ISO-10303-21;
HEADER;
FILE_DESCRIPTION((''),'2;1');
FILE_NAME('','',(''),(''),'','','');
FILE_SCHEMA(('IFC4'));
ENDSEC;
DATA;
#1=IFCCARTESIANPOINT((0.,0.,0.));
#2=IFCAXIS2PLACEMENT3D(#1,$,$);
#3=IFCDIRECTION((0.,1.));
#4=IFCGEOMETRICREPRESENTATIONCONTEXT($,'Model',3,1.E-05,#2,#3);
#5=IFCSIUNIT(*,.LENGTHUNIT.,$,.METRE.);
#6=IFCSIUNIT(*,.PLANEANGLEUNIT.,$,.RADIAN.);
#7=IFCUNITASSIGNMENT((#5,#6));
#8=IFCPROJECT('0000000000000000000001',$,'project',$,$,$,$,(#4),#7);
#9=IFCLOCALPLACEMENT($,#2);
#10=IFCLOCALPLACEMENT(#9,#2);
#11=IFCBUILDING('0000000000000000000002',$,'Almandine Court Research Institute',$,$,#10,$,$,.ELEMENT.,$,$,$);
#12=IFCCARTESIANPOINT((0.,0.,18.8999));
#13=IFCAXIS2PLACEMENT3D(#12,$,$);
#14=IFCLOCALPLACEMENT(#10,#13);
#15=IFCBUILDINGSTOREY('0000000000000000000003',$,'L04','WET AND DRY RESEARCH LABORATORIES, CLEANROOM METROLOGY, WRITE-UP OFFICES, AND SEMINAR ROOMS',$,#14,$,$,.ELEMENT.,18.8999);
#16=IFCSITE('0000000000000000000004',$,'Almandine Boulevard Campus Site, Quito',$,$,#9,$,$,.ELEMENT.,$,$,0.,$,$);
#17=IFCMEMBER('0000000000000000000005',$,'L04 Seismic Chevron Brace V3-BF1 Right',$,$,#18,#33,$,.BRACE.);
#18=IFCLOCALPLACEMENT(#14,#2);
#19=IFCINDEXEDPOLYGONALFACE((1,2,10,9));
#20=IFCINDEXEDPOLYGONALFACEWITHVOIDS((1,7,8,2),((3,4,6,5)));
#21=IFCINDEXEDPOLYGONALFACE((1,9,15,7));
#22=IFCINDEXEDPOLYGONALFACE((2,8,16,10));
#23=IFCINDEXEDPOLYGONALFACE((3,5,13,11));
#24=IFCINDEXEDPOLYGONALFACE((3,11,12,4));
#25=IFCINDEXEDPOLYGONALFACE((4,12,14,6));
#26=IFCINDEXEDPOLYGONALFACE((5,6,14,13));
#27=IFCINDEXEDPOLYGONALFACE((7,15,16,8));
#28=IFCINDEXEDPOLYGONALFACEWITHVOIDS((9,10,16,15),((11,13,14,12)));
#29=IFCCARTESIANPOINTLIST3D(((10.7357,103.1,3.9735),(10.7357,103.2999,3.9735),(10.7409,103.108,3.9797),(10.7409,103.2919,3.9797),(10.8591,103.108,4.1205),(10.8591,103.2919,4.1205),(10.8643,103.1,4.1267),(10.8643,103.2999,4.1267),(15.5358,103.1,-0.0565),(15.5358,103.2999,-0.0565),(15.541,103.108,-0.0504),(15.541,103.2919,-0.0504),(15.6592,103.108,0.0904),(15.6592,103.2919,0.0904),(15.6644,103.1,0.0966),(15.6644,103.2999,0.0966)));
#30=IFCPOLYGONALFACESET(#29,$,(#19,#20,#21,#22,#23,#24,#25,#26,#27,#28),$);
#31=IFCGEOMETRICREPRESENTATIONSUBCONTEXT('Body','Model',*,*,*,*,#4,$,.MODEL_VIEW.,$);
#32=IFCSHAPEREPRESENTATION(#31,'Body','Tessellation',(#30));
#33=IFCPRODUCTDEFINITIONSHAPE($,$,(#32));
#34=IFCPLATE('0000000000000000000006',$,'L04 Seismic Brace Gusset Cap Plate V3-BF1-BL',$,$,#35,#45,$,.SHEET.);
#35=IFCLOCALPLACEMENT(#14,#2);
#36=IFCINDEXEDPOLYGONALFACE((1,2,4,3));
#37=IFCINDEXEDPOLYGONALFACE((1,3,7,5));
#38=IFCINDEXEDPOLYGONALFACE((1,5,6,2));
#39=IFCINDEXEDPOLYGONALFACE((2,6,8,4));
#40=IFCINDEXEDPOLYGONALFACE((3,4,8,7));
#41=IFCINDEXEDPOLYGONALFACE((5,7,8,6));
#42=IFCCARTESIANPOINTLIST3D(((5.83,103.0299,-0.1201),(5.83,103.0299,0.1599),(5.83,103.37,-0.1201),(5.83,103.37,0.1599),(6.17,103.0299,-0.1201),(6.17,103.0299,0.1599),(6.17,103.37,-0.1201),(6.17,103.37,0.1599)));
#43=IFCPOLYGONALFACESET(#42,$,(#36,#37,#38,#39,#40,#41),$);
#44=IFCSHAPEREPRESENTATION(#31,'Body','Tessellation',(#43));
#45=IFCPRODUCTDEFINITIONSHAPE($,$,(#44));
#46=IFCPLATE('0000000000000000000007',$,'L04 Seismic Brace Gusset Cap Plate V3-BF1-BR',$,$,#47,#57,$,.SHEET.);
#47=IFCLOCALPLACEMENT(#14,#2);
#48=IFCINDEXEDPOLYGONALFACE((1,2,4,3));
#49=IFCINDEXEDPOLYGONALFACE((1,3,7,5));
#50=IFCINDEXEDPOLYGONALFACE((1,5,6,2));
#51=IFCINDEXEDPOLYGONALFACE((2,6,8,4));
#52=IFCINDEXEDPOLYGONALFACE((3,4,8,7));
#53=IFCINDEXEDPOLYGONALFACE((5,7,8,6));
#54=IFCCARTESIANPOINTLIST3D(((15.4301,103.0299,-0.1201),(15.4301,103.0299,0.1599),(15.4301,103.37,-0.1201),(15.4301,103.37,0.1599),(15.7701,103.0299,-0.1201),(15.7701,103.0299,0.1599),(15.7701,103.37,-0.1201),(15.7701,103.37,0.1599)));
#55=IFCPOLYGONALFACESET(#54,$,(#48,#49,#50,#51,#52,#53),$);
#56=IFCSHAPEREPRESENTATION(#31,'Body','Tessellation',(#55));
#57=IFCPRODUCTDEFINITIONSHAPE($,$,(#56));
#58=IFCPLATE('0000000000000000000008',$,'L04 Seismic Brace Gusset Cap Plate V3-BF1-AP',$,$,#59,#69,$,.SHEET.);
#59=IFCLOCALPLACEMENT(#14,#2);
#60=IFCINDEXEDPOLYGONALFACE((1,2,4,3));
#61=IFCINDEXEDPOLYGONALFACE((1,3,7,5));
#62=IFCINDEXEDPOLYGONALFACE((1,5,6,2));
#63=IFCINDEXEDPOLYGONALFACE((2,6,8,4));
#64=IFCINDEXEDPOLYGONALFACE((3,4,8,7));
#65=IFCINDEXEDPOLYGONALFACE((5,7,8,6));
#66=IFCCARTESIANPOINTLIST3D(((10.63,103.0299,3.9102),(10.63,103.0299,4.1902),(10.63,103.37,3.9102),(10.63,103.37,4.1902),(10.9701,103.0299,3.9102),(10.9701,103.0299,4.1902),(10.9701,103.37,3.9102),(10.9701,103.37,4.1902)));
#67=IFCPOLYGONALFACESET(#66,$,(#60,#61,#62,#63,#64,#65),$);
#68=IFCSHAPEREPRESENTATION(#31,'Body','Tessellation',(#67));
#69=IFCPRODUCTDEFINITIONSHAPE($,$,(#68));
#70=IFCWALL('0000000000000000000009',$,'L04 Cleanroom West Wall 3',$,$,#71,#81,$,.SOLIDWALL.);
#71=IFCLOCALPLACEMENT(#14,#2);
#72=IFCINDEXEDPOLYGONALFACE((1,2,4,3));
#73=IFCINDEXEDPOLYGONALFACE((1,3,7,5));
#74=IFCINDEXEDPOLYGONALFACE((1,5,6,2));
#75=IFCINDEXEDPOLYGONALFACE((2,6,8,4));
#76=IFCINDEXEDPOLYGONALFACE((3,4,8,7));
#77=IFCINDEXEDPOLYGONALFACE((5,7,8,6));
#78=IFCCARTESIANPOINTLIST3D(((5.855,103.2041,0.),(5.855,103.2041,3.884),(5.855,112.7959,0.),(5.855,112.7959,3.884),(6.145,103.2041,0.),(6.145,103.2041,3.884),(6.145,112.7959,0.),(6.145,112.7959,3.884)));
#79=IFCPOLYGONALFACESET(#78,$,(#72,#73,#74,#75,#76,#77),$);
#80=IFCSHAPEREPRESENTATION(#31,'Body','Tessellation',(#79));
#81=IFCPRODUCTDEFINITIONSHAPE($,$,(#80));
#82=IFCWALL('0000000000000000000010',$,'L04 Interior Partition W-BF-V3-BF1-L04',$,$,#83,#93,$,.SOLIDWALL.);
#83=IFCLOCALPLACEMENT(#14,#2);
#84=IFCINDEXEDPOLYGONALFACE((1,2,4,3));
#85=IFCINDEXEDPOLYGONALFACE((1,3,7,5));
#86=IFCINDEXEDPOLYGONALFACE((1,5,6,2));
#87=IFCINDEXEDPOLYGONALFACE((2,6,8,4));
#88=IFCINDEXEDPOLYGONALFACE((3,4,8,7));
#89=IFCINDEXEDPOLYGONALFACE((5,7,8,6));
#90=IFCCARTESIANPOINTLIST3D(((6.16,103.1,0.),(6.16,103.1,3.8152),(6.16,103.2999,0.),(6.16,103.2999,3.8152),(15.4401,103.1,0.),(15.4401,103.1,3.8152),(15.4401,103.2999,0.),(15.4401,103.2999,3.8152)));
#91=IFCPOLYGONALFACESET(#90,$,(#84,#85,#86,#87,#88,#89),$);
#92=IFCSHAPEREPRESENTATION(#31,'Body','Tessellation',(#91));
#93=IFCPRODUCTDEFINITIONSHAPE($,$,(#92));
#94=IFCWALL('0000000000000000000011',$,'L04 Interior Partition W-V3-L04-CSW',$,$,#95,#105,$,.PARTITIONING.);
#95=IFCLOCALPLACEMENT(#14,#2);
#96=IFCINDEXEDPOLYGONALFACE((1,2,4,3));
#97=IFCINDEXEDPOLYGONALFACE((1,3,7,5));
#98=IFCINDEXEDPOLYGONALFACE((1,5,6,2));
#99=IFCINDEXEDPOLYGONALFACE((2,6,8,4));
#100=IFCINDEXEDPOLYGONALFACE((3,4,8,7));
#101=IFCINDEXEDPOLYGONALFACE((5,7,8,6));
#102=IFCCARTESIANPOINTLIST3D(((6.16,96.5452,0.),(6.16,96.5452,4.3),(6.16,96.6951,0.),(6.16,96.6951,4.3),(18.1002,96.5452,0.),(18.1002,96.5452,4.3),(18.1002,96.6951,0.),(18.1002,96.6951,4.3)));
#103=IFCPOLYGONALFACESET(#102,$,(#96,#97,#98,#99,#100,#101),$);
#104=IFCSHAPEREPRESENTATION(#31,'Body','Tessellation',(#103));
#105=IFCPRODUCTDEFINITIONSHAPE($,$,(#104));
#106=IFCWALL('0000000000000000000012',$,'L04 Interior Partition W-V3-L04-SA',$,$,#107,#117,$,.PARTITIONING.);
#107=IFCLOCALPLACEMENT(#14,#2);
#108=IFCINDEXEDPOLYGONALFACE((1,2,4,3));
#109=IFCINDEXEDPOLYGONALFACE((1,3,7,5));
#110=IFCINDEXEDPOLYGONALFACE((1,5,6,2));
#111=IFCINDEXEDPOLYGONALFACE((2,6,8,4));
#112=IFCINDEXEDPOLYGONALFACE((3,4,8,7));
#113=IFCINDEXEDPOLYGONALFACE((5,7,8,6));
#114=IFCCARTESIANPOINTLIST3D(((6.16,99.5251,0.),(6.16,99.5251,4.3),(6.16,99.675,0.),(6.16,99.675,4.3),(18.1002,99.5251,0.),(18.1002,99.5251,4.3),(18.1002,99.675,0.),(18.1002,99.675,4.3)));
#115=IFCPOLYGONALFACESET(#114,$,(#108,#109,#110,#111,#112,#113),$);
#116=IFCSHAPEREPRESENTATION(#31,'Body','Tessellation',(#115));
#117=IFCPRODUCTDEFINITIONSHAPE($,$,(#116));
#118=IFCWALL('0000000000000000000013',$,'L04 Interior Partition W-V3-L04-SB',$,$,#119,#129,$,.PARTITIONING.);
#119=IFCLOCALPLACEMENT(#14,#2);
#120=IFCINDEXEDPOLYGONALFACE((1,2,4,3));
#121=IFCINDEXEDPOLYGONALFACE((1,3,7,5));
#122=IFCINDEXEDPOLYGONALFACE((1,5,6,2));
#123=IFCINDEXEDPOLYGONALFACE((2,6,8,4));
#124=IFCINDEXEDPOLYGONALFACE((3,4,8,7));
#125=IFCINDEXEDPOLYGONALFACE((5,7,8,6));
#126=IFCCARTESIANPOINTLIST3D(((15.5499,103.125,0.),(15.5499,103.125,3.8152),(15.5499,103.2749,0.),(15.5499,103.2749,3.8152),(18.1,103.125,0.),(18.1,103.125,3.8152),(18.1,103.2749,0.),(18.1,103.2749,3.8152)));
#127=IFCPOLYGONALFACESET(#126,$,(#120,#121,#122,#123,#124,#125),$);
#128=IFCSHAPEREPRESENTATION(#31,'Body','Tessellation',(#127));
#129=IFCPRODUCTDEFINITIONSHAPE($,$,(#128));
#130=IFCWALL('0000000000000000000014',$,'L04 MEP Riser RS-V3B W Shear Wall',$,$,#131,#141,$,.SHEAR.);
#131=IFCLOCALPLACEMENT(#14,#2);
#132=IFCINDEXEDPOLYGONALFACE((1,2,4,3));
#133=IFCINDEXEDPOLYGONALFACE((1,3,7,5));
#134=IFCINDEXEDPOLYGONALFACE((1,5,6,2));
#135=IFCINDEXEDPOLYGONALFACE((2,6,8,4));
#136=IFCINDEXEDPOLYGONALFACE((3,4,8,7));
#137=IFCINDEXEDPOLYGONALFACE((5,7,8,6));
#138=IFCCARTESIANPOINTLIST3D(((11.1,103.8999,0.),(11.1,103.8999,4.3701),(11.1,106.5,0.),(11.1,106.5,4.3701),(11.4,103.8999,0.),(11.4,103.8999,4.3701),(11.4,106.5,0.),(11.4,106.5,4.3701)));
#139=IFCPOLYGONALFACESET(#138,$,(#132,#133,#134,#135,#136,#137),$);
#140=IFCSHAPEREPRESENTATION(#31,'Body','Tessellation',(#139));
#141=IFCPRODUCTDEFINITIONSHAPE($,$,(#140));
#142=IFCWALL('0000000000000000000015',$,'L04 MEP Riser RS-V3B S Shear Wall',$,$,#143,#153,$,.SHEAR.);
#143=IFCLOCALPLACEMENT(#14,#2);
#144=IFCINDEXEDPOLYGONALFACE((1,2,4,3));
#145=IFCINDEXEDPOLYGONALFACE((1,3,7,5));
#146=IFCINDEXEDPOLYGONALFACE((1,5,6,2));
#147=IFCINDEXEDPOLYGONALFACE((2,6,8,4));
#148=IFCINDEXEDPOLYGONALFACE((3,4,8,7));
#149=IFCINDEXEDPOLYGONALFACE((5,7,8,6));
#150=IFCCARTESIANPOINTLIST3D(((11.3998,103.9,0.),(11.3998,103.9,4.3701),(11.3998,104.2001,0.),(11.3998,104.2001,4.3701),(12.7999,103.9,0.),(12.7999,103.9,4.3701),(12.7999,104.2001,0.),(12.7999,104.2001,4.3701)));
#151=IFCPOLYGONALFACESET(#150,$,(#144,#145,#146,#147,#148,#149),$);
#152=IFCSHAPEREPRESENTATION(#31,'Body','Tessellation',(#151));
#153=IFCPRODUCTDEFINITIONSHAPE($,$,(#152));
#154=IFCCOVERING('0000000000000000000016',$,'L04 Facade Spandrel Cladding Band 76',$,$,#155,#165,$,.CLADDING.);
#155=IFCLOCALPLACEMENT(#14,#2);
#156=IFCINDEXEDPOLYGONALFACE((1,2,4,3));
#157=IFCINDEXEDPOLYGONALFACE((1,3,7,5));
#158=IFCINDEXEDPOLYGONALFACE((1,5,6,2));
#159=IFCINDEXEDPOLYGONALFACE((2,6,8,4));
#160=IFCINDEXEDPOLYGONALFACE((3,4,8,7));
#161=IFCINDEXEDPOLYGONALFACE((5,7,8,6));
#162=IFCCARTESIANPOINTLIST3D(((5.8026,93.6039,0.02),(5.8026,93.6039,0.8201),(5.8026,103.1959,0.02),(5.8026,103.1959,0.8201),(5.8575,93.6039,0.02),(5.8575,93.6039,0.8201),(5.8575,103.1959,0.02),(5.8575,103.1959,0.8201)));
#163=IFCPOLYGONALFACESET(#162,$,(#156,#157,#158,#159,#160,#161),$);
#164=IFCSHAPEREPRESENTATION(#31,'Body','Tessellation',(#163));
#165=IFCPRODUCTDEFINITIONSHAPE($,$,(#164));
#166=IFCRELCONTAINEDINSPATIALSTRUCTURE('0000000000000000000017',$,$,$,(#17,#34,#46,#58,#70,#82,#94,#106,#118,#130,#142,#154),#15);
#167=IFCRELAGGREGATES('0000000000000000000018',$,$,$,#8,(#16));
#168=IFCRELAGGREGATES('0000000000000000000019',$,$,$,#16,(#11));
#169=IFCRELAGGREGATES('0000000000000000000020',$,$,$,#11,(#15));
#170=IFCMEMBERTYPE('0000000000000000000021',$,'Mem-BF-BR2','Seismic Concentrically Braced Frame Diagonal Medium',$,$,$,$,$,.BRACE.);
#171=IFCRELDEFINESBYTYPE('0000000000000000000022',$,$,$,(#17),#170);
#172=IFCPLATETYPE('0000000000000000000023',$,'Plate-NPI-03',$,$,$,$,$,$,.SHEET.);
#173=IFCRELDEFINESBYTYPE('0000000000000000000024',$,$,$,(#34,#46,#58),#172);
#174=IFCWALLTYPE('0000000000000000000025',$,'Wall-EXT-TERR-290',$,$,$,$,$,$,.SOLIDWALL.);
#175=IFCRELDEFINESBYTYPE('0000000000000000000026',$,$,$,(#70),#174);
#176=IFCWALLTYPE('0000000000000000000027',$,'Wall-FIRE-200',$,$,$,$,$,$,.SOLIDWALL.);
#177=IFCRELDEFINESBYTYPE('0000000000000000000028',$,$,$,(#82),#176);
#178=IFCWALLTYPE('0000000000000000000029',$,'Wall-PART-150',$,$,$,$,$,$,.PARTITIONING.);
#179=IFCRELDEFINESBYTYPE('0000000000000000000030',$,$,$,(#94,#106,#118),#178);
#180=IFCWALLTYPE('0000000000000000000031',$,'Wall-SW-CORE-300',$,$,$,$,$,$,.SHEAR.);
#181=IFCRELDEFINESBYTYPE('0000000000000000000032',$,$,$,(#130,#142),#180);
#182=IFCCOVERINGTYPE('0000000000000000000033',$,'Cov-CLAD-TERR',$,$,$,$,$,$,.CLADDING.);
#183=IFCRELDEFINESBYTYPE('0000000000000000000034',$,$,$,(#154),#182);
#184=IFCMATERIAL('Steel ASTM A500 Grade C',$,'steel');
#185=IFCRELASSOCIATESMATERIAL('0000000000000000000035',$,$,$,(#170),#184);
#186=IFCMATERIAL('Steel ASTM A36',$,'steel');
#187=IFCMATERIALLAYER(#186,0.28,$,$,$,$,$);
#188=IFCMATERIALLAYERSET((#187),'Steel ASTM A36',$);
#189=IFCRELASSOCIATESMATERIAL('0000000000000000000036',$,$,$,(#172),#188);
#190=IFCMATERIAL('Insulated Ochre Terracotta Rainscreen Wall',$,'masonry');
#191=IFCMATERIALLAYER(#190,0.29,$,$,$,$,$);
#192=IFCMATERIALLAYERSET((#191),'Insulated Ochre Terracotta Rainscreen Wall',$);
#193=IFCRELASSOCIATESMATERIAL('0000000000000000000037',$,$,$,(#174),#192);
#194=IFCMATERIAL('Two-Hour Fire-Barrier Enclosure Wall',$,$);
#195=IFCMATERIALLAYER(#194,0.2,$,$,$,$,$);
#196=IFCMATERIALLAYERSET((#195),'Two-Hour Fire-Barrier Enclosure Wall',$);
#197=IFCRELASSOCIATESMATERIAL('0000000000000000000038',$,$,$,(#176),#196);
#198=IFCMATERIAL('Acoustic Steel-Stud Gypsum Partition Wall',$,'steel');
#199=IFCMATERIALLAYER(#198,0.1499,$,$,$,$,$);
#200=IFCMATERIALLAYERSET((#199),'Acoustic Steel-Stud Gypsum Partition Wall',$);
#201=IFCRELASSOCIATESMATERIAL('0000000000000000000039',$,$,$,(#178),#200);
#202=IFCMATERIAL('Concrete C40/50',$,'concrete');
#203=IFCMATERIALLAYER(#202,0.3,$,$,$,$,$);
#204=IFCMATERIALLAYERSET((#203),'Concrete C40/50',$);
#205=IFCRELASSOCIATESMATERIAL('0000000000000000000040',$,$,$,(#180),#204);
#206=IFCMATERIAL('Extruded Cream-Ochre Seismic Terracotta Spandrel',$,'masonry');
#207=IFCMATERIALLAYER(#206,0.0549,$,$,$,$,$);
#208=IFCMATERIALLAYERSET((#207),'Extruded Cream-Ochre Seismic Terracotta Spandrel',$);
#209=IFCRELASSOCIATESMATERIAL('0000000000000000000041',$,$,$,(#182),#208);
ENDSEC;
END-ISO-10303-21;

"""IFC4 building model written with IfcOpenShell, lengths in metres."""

from ifc_helpers import new_model, si_unit, direction, frame, frame_2d, origin, origin_2d, place, context, subcontext, project, spatial, rectangle, hollow_rectangle, extrude, material, layer, layer_set, material_profile, profile_set, type_object, element, save


model = new_model("IFC4")

# Units and contexts
model_context = context("Model", 3, precision=1e-05, world=origin(), true_north=direction((0.0, 1.0)))
body_context = subcontext(model_context, "Body", "Model", "MODEL_VIEW")
ifc_project = project(units=[si_unit("LENGTHUNIT", "METRE"), si_unit("PLANEANGLEUNIT", "RADIAN")], contexts=[model_context])

# Site, building, storey
site_placement = place(None, origin())
site = spatial("IfcSite", under=ifc_project, at=site_placement, Name="Almandine Boulevard Campus Site, Quito", CompositionType="ELEMENT", RefElevation=0.0)
building_placement = place(site_placement, origin())
building = spatial("IfcBuilding", under=site, at=building_placement, Name="Almandine Court Research Institute", CompositionType="ELEMENT")
storey_placement = place(building_placement, frame((0.0, 0.0, 18.8999)))
storey = spatial("IfcBuildingStorey", under=building, at=storey_placement, Name="L04", Description="WET AND DRY RESEARCH LABORATORIES, CLEANROOM METROLOGY, WRITE-UP OFFICES, AND SEMINAR ROOMS", CompositionType="ELEMENT", Elevation=18.8999)

# Member
ifc_material_1 = material(Name="Steel ASTM A500 Grade C", Category="steel")
ifc_material_profile_1 = material_profile(ifc_material_1, hollow_rectangle(XDim=0.2, YDim=0.2, WallThickness=0.0081, at=origin_2d()), Name="HSS 200x200x8")
ifc_profile_set_1 = profile_set([ifc_material_profile_1], Name="Steel ASTM A500 Grade C")
member_type = type_object("IfcMemberType", Name="Mem-BF-BR2", Description="Seismic Concentrically Braced Frame Diagonal Medium", PredefinedType="BRACE", material=ifc_profile_set_1)
for number, where, z_axis, x_axis, name in (
    (1, (15.6001, 103.2, 0.02), (-0.765863, 0.0, 0.643004), (0.0, -1.0, 0.0), "L04 Seismic Chevron Brace V3-BF1 Right"),
):
    element("IfcMember", number, at=place(storey_placement, frame(where, z_axis=z_axis, x_axis=x_axis)), inside=storey, type_object=member_type, Name=name, PredefinedType="BRACE", context=body_context, shape_type="SweptSolid", body=[
        extrude(hollow_rectangle(XDim=0.2, YDim=0.2, WallThickness=0.0081, at=origin_2d()), origin(), (0.0, 0.0, 1.0), 6.2676),
    ])

# Plates
ifc_material_2 = material(Name="Steel ASTM A36", Category="steel")
ifc_layer_1 = layer(ifc_material_2, 0.28)
ifc_layer_set_1 = layer_set([ifc_layer_1], Name="Steel ASTM A36")
plate_type = type_object("IfcPlateType", Name="Plate-NPI-03", PredefinedType="SHEET", material=ifc_layer_set_1)
for number, where, z_axis, x_axis, name in (
    (2, (6.0, 103.2, -0.1201), (0.0, 0.0, 1.0), (1.0, 0.0, 0.0), "L04 Seismic Brace Gusset Cap Plate V3-BF1-BL"),
    (3, (15.6001, 103.2, -0.1201), (0.0, 0.0, 1.0), (1.0, 0.0, 0.0), "L04 Seismic Brace Gusset Cap Plate V3-BF1-BR"),
    (4, (10.8, 103.2, 3.9102), (0.0, 0.0, 1.0), (1.0, 0.0, 0.0), "L04 Seismic Brace Gusset Cap Plate V3-BF1-AP"),
):
    element("IfcPlate", number, at=place(storey_placement, frame(where, z_axis=z_axis, x_axis=x_axis)), inside=storey, type_object=plate_type, Name=name, PredefinedType="SHEET", context=body_context, shape_type="SweptSolid", body=[
        extrude(rectangle(XDim=0.3401, YDim=0.3401, at=origin_2d()), origin(), (0.0, 0.0, 1.0), 0.28),
    ])

# Walls
ifc_material_3 = material(Name="Insulated Ochre Terracotta Rainscreen Wall", Category="masonry")
ifc_layer_2 = layer(ifc_material_3, 0.29)
ifc_layer_set_2 = layer_set([ifc_layer_2], Name="Insulated Ochre Terracotta Rainscreen Wall")
wall_type_1 = type_object("IfcWallType", Name="Wall-EXT-TERR-290", PredefinedType="SOLIDWALL", material=ifc_layer_set_2)
wall_1_placement = place(storey_placement, frame((6.0, 103.2041, 0.0), z_axis=(0.0, 0.0, 1.0), x_axis=(0.0, 1.0, 0.0)))
element("IfcWall", 5, at=wall_1_placement, inside=storey, type_object=wall_type_1, Name="L04 Cleanroom West Wall 3", PredefinedType="SOLIDWALL", context=body_context, shape_type="SweptSolid", body=[
    extrude(rectangle(XDim=9.5918, YDim=0.29, at=frame_2d((4.7959, 0.0))), origin(), (0.0, 0.0, 1.0), 3.884),
])
ifc_material_4 = material(Name="Two-Hour Fire-Barrier Enclosure Wall")
ifc_layer_3 = layer(ifc_material_4, 0.2)
ifc_layer_set_3 = layer_set([ifc_layer_3], Name="Two-Hour Fire-Barrier Enclosure Wall")
wall_type_2 = type_object("IfcWallType", Name="Wall-FIRE-200", PredefinedType="SOLIDWALL", material=ifc_layer_set_3)
wall_2_placement = place(storey_placement, frame((6.1599, 103.2, 0.0), z_axis=(0.0, 0.0, 1.0), x_axis=(1.0, 0.0, 0.0)))
element("IfcWall", 6, at=wall_2_placement, inside=storey, type_object=wall_type_2, Name="L04 Interior Partition W-BF-V3-BF1-L04", PredefinedType="SOLIDWALL", context=body_context, shape_type="SweptSolid", body=[
    extrude(rectangle(XDim=9.28, YDim=0.2, at=frame_2d((4.6401, 0.0))), origin(), (0.0, 0.0, 1.0), 3.8152),
])
ifc_material_5 = material(Name="Acoustic Steel-Stud Gypsum Partition Wall", Category="steel")
ifc_layer_4 = layer(ifc_material_5, 0.1499)
ifc_layer_set_4 = layer_set([ifc_layer_4], Name="Acoustic Steel-Stud Gypsum Partition Wall")
wall_type_3 = type_object("IfcWallType", Name="Wall-PART-150", PredefinedType="PARTITIONING", material=ifc_layer_set_4)
for number, where, z_axis, x_axis, name in (
    (7, (6.1599, 96.6201, 0.0), (0.0, 0.0, 1.0), (1.0, 0.0, 0.0), "L04 Interior Partition W-V3-L04-CSW"),
    (8, (6.1599, 99.6001, 0.0), (0.0, 0.0, 1.0), (1.0, 0.0, 0.0), "L04 Interior Partition W-V3-L04-SA"),
):
    element("IfcWall", number, at=place(storey_placement, frame(where, z_axis=z_axis, x_axis=x_axis)), inside=storey, type_object=wall_type_3, Name=name, PredefinedType="PARTITIONING", context=body_context, shape_type="SweptSolid", body=[
        extrude(rectangle(XDim=11.9402, YDim=0.1499, at=frame_2d((5.9702, 0.0))), origin(), (0.0, 0.0, 1.0), 4.3),
    ])
wall_3_placement = place(storey_placement, frame((15.55, 103.2, 0.0), z_axis=(0.0, 0.0, 1.0), x_axis=(1.0, 0.0, 0.0)))
element("IfcWall", 9, at=wall_3_placement, inside=storey, type_object=wall_type_3, Name="L04 Interior Partition W-V3-L04-SB", PredefinedType="PARTITIONING", context=body_context, shape_type="SweptSolid", body=[
    extrude(rectangle(XDim=2.55, YDim=0.1499, at=frame_2d((1.2749, 0.0))), origin(), (0.0, 0.0, 1.0), 3.8152),
])
ifc_material_6 = material(Name="Concrete C40/50", Category="concrete")
ifc_layer_5 = layer(ifc_material_6, 0.3)
ifc_layer_set_5 = layer_set([ifc_layer_5], Name="Concrete C40/50")
wall_type_4 = type_object("IfcWallType", Name="Wall-SW-CORE-300", PredefinedType="SHEAR", material=ifc_layer_set_5)
wall_4_placement = place(storey_placement, frame((11.25, 103.8999, 0.0), z_axis=(0.0, 0.0, 1.0), x_axis=(0.0, 1.0, 0.0)))
element("IfcWall", 10, at=wall_4_placement, inside=storey, type_object=wall_type_4, Name="L04 MEP Riser RS-V3B W Shear Wall", PredefinedType="SHEAR", context=body_context, shape_type="SweptSolid", body=[
    extrude(rectangle(XDim=2.6001, YDim=0.3, at=frame_2d((1.3, 0.0))), origin(), (0.0, 0.0, 1.0), 4.3701),
])
wall_5_placement = place(storey_placement, frame((12.8, 104.05, 0.0), z_axis=(0.0, 0.0, 1.0), x_axis=(-1.0, 0.0, 0.0)))
element("IfcWall", 11, at=wall_5_placement, inside=storey, type_object=wall_type_4, Name="L04 MEP Riser RS-V3B S Shear Wall", PredefinedType="SHEAR", context=body_context, shape_type="SweptSolid", body=[
    extrude(rectangle(XDim=1.4001, YDim=0.3, at=frame_2d((0.7002, 0.0))), origin(), (0.0, 0.0, 1.0), 4.3701),
])

# Covering
ifc_material_7 = material(Name="Extruded Cream-Ochre Seismic Terracotta Spandrel", Category="masonry")
ifc_layer_6 = layer(ifc_material_7, 0.0549)
ifc_layer_set_6 = layer_set([ifc_layer_6], Name="Extruded Cream-Ochre Seismic Terracotta Spandrel")
covering_type = type_object("IfcCoveringType", Name="Cov-CLAD-TERR", PredefinedType="CLADDING", material=ifc_layer_set_6)
covering_placement = place(storey_placement, frame((5.8301, 98.3999, 0.02), z_axis=(0.0, 0.0, 1.0), x_axis=(0.0, 1.0, 0.0)))
element("IfcCovering", 12, at=covering_placement, inside=storey, type_object=covering_type, Name="L04 Facade Spandrel Cladding Band 76", PredefinedType="CLADDING", context=body_context, shape_type="SweptSolid", body=[
    extrude(rectangle(XDim=9.592, YDim=0.0549, at=origin_2d()), origin(), (0.0, 0.0, 1.0), 0.8),
])

save(model, "model.ifc")
